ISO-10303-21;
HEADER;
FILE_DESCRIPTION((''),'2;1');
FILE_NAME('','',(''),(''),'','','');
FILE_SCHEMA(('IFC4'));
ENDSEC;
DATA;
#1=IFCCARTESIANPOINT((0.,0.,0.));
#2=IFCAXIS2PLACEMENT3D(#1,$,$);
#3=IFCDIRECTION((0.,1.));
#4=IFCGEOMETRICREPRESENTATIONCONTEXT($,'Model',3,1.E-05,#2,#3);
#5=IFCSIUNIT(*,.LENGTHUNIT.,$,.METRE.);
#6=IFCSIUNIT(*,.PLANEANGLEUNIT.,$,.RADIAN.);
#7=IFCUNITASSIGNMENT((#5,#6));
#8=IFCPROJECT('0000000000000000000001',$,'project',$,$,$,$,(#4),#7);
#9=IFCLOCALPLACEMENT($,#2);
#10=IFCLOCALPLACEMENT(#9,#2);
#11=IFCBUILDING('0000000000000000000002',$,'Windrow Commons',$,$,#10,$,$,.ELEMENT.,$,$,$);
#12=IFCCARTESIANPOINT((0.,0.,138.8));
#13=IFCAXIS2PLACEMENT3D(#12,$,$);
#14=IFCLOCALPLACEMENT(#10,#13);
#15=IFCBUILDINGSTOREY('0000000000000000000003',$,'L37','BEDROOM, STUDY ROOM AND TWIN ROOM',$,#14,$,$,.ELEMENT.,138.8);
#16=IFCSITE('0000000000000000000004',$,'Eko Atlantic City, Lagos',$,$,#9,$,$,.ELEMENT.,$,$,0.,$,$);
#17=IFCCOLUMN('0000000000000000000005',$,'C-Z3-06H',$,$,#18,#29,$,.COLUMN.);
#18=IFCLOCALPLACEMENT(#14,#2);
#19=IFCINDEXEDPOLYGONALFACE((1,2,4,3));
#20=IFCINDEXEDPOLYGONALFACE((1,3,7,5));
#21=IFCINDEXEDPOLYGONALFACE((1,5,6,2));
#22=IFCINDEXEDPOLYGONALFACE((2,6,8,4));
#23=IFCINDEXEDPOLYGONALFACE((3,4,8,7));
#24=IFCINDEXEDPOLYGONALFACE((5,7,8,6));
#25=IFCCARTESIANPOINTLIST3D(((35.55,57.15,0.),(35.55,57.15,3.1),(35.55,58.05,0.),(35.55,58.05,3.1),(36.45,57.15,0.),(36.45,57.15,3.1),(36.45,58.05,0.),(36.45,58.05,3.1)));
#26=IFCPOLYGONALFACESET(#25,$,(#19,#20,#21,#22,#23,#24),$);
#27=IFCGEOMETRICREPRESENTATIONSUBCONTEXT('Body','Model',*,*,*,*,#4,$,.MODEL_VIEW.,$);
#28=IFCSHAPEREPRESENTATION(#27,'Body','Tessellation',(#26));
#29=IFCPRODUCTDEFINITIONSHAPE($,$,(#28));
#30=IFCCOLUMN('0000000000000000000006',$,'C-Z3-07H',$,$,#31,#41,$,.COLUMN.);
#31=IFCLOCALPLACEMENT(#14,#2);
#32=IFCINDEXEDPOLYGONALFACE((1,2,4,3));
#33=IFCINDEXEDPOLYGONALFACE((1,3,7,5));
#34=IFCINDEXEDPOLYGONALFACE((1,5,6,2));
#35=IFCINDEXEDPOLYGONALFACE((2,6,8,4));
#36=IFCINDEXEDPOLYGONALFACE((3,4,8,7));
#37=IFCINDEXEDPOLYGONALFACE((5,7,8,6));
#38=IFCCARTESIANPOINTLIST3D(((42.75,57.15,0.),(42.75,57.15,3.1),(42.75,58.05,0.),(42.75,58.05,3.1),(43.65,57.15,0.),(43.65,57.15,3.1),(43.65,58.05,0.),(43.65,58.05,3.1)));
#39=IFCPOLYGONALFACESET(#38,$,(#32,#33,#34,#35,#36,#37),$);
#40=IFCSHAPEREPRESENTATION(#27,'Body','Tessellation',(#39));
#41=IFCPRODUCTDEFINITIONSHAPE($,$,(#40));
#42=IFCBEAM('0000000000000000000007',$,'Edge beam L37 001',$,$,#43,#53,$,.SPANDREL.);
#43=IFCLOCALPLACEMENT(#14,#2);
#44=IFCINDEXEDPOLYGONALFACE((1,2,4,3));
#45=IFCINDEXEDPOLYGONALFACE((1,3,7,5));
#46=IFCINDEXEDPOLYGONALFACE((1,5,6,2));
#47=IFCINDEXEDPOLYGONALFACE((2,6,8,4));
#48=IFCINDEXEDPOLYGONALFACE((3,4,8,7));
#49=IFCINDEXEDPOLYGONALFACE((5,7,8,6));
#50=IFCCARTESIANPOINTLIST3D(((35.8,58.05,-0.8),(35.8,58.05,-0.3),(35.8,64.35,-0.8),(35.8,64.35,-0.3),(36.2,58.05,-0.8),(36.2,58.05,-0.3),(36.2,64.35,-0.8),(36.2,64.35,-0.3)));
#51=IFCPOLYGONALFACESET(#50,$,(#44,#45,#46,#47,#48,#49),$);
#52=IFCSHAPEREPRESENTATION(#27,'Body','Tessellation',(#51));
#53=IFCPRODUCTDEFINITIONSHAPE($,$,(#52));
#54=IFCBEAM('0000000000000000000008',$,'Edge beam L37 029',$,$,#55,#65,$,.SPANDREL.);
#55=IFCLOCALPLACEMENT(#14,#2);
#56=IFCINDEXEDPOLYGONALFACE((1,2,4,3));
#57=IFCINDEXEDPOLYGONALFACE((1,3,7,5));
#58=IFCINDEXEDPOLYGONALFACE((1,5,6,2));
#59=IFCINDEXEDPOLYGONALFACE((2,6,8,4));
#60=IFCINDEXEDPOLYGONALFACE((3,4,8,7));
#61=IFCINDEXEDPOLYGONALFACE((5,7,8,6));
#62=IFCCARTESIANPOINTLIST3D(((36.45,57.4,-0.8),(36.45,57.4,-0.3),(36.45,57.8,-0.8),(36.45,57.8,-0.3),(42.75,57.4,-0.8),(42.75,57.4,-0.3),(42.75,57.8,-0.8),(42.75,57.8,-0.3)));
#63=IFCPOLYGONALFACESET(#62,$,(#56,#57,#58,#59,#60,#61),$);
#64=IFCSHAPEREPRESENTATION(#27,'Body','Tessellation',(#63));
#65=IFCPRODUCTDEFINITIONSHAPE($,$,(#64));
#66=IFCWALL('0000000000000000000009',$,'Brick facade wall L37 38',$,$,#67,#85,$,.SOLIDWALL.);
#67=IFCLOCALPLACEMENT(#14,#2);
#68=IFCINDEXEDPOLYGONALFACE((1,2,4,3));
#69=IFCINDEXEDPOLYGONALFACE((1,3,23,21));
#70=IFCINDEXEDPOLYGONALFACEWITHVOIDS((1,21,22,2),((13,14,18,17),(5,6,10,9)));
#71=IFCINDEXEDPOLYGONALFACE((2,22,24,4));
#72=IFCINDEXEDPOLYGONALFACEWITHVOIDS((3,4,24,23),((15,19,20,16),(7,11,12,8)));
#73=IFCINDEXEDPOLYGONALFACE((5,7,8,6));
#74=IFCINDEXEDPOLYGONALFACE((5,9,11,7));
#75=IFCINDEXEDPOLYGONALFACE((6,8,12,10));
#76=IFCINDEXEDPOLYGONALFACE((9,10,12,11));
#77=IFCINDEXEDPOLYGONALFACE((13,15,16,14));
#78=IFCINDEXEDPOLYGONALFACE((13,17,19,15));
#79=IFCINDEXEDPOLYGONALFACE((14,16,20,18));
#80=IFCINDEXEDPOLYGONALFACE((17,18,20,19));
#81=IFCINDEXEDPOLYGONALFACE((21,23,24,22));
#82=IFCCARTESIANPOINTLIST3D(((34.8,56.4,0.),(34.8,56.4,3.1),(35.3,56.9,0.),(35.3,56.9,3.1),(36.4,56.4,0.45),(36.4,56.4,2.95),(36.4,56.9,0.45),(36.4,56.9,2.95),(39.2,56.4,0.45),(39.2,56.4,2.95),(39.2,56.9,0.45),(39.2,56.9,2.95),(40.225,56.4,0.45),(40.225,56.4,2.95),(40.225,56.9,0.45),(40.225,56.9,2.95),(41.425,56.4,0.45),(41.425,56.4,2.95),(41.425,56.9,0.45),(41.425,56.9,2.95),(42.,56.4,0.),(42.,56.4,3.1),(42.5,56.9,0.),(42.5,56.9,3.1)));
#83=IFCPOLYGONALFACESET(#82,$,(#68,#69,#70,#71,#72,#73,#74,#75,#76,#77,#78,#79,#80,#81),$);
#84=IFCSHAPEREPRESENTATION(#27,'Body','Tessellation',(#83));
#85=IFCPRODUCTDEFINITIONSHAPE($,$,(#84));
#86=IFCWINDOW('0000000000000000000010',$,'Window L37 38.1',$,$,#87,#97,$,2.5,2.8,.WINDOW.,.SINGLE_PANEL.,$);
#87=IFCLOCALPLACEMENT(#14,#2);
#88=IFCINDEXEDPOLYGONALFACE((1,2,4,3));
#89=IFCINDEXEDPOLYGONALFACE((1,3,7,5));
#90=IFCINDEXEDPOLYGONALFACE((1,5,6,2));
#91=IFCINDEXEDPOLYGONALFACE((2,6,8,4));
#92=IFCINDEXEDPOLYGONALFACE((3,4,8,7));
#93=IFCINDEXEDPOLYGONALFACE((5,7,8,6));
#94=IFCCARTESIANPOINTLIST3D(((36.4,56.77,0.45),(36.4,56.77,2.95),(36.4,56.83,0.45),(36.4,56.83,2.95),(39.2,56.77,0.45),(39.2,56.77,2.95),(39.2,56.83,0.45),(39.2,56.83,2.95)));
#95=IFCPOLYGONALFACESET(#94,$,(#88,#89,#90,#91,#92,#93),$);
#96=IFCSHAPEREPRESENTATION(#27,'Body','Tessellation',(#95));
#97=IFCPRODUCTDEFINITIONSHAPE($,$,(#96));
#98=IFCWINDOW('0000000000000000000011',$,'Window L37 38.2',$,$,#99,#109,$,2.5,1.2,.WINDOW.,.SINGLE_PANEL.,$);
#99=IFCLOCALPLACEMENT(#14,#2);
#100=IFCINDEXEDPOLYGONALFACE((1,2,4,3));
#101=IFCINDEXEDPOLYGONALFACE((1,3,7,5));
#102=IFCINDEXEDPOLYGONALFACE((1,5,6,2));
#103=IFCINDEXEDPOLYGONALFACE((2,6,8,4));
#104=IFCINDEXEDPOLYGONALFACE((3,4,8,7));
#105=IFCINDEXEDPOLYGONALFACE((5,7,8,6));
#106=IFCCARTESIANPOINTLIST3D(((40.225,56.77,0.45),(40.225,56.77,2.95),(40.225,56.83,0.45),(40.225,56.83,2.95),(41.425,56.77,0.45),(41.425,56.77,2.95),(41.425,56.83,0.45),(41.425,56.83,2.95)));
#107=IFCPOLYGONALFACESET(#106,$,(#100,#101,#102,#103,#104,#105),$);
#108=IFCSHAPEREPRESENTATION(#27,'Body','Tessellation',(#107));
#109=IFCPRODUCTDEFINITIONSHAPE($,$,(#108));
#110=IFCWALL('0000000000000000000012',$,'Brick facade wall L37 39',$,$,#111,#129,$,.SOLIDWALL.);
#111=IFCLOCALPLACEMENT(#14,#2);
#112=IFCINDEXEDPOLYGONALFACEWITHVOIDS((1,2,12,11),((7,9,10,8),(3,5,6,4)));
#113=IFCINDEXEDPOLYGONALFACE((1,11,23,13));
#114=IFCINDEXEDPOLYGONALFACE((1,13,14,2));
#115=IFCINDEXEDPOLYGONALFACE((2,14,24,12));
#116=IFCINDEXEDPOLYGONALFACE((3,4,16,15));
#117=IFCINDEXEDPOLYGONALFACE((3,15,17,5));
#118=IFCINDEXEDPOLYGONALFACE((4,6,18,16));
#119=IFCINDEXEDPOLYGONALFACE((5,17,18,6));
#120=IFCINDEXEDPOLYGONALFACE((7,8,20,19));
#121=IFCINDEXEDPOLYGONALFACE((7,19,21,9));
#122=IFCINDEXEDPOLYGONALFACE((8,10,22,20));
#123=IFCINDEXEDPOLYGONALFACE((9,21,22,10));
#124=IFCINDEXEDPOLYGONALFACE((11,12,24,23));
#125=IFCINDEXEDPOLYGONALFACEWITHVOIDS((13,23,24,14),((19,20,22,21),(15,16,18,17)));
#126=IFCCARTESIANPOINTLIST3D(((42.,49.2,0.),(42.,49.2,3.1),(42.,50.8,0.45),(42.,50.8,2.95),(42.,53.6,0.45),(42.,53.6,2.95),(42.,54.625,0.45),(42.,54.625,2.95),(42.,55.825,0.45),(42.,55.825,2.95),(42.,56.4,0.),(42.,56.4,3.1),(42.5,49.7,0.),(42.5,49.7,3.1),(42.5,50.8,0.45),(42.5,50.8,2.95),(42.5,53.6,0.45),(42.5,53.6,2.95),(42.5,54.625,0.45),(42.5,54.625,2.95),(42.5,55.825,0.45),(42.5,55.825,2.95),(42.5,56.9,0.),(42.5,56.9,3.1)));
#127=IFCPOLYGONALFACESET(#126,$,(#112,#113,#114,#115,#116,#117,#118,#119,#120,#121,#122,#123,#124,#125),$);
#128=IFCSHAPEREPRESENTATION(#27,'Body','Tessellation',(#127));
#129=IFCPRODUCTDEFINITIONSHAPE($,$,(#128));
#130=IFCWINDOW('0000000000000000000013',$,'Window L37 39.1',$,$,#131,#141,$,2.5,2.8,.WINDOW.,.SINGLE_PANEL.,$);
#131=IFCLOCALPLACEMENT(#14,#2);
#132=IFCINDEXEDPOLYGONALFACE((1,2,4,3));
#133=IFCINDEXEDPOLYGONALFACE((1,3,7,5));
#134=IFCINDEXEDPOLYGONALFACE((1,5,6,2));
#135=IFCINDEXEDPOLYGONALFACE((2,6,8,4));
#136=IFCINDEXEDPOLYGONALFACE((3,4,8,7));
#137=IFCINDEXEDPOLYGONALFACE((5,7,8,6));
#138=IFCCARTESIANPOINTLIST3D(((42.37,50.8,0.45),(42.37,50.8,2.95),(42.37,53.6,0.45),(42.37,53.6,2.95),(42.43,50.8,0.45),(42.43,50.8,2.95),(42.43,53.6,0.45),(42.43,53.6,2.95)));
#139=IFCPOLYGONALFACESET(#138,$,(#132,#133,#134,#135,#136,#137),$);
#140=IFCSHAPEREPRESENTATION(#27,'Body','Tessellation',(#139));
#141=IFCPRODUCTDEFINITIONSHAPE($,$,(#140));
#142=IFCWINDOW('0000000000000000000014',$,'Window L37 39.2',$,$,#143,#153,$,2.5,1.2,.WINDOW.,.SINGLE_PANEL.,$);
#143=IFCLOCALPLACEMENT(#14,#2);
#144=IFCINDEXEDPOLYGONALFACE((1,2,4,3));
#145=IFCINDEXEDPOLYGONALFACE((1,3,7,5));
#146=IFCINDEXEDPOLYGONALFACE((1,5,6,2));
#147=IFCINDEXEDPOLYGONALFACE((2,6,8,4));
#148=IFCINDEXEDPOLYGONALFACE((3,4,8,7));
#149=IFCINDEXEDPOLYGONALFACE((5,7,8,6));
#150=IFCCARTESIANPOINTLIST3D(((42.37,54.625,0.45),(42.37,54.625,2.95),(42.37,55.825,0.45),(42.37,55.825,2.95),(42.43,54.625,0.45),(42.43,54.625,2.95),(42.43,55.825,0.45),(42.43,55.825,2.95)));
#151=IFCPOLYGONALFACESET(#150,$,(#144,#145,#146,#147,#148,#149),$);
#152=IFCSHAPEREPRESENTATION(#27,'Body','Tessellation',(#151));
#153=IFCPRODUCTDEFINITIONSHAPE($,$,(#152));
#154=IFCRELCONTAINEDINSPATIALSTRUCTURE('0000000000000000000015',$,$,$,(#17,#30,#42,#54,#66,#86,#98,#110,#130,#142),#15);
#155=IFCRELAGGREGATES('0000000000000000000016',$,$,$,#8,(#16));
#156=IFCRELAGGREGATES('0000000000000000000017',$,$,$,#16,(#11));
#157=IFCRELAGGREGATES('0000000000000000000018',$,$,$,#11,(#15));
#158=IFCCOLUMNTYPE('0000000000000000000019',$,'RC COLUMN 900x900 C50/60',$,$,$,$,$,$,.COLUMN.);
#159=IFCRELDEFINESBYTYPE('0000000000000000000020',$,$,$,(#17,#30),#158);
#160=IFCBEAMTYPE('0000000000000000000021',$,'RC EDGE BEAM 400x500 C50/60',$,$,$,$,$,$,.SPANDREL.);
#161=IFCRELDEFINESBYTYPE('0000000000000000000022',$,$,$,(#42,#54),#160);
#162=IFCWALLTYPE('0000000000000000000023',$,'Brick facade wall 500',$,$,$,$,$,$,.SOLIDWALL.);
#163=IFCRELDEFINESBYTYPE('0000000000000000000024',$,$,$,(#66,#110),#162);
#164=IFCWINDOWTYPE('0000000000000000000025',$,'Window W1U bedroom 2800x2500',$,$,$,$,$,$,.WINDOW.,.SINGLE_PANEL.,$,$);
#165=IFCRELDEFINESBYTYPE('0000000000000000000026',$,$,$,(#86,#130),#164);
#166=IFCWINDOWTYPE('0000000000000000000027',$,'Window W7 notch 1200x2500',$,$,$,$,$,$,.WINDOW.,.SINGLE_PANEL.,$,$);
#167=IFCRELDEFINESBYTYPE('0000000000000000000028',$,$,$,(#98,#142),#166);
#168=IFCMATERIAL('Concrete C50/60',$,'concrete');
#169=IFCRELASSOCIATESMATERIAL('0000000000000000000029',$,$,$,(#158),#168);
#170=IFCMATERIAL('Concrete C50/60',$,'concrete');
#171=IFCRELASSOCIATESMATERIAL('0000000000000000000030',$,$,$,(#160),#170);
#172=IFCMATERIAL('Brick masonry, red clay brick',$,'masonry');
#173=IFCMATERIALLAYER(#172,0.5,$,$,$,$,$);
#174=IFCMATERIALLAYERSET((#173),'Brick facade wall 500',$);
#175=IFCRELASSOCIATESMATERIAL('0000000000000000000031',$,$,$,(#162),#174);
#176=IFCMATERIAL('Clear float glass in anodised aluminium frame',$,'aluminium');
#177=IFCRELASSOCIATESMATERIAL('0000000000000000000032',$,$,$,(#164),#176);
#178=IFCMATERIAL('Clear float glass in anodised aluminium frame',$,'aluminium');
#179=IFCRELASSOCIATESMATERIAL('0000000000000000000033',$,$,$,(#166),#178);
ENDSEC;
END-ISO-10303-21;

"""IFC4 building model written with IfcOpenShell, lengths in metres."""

from ifc_helpers import new_model, si_unit, direction, frame, frame_2d, origin, origin_2d, place, context, subcontext, project, spatial, polyline, rectangle, outline, extrude, material, layer, layer_set, material_profile, profile_set, type_object, element, fill, save


model = new_model("IFC4")

# Units and contexts
model_context = context("Model", 3, precision=1e-05, world=origin(), true_north=direction((0.0, 1.0)))
body_context = subcontext(model_context, "Body", "Model", "MODEL_VIEW")
ifc_project = project(units=[si_unit("LENGTHUNIT", "METRE"), si_unit("PLANEANGLEUNIT", "RADIAN")], contexts=[model_context])

# Site, building, storey
site_placement = place(None, origin())
site = spatial("IfcSite", under=ifc_project, at=site_placement, Name="Eko Atlantic City, Lagos", CompositionType="ELEMENT", RefElevation=0.0)
building_placement = place(site_placement, origin())
building = spatial("IfcBuilding", under=site, at=building_placement, Name="Windrow Commons", CompositionType="ELEMENT")
storey_placement = place(building_placement, frame((0.0, 0.0, 138.8)))
storey = spatial("IfcBuildingStorey", under=building, at=storey_placement, Name="L37", Description="BEDROOM, STUDY ROOM AND TWIN ROOM", CompositionType="ELEMENT", Elevation=138.8)

# Columns
ifc_material_1 = material(Name="Concrete C50/60", Category="concrete")
ifc_material_profile_1 = material_profile(ifc_material_1, rectangle(XDim=0.9, YDim=0.9, at=origin_2d()))
ifc_profile_set_1 = profile_set([ifc_material_profile_1], Name="Concrete C50/60")
column_type = type_object("IfcColumnType", Name="RC COLUMN 900x900 C50/60", PredefinedType="COLUMN", material=ifc_profile_set_1)
for number, where, z_axis, x_axis, name in (
    (1, (36.0, 57.6, 0.0), (0.0, 0.0, 1.0), (1.0, 0.0, 0.0), "C-Z3-06H"),
    (2, (43.2, 57.6, 0.0), (0.0, 0.0, 1.0), (1.0, 0.0, 0.0), "C-Z3-07H"),
):
    element("IfcColumn", number, at=place(storey_placement, frame(where, z_axis=z_axis, x_axis=x_axis)), inside=storey, type_object=column_type, Name=name, PredefinedType="COLUMN", context=body_context, shape_type="SweptSolid", body=[
        extrude(rectangle(XDim=0.9, YDim=0.9, at=origin_2d()), origin(), (0.0, 0.0, 1.0), 3.1),
    ])

# Beams
ifc_material_2 = material(Name="Concrete C50/60", Category="concrete")
ifc_material_profile_2 = material_profile(ifc_material_2, rectangle(XDim=0.4, YDim=0.5, at=origin_2d()))
ifc_profile_set_2 = profile_set([ifc_material_profile_2], Name="Concrete C50/60")
beam_type = type_object("IfcBeamType", Name="RC EDGE BEAM 400x500 C50/60", PredefinedType="SPANDREL", material=ifc_profile_set_2)
for number, where, z_axis, x_axis, name in (
    (3, (36.0, 58.05, -0.55), (0.0, 1.0, 0.0), (-1.0, 0.0, 0.0), "Edge beam L37 001"),
    (4, (42.75, 57.6, -0.55), (-1.0, 0.0, 0.0), (0.0, -1.0, 0.0), "Edge beam L37 029"),
):
    element("IfcBeam", number, at=place(storey_placement, frame(where, z_axis=z_axis, x_axis=x_axis)), inside=storey, type_object=beam_type, Name=name, PredefinedType="SPANDREL", context=body_context, shape_type="SweptSolid", body=[
        extrude(rectangle(XDim=0.4, YDim=0.5, at=origin_2d()), origin(), (0.0, 0.0, 1.0), 6.3),
    ])

# Walls, openings, windows
ifc_material_3 = material(Name="Brick masonry, red clay brick", Category="masonry")
ifc_layer_1 = layer(ifc_material_3, 0.5)
ifc_layer_set_1 = layer_set([ifc_layer_1], Name="Brick facade wall 500")
wall_type_1 = type_object("IfcWallType", Name="Brick facade wall 500", PredefinedType="SOLIDWALL", material=ifc_layer_set_1)
wall_1_placement = place(storey_placement, frame((35.05, 56.65, 0.0), z_axis=(0.0, 0.0, 1.0), x_axis=(1.0, 0.0, 0.0)))
wall_1 = element("IfcWall", 5, at=wall_1_placement, inside=storey, type_object=wall_type_1, Name="Brick facade wall L37 38", PredefinedType="SOLIDWALL", context=body_context, shape_type="SweptSolid", body=[
    extrude(outline(polyline([(-0.25, -0.25), (6.95, -0.25), (7.45, 0.25), (0.25, 0.25), (-0.25, -0.25)])), origin(), (0.0, 0.0, 1.0), 3.1),
])
opening_1_placement = place(wall_1_placement, frame((1.35, 0.0, 0.45)))
opening_1 = element("IfcOpeningElement", 6, at=opening_1_placement, cuts=wall_1, PredefinedType="OPENING", context=body_context, shape_type="SweptSolid", body=[
    extrude(rectangle(XDim=2.8, YDim=2.5, at=frame_2d((1.4, 1.25))), frame((0.0, 0.26, 0.0), z_axis=(0.0, -1.0, 0.0), x_axis=(1.0, 0.0, 0.0)), (0.0, 0.0, 1.0), 0.52),
])
opening_2_placement = place(wall_1_placement, frame((5.175, 0.0, 0.45)))
opening_2 = element("IfcOpeningElement", 7, at=opening_2_placement, cuts=wall_1, PredefinedType="OPENING", context=body_context, shape_type="SweptSolid", body=[
    extrude(rectangle(XDim=1.2, YDim=2.5, at=frame_2d((0.6, 1.25))), frame((0.0, 0.26, 0.0), z_axis=(0.0, -1.0, 0.0), x_axis=(1.0, 0.0, 0.0)), (0.0, 0.0, 1.0), 0.52),
])
ifc_material_4 = material(Name="Clear float glass in anodised aluminium frame", Category="aluminium")
window_type_1 = type_object("IfcWindowType", Name="Window W1U bedroom 2800x2500", PartitioningType="SINGLE_PANEL", PredefinedType="WINDOW", material=ifc_material_4)
window_1_placement = place(opening_1_placement, origin())
window_1 = element("IfcWindow", 8, at=window_1_placement, inside=storey, type_object=window_type_1, Name="Window L37 38.1", OverallHeight=2.5, OverallWidth=2.8, PartitioningType="SINGLE_PANEL", PredefinedType="WINDOW", context=body_context, shape_type="SweptSolid", body=[
    extrude(rectangle(XDim=2.8, YDim=2.5, at=frame_2d((1.4, 1.25))), frame((0.0, 0.18, 0.0), z_axis=(0.0, -1.0, 0.0), x_axis=(1.0, 0.0, 0.0)), (0.0, 0.0, 1.0), 0.06),
])
fill(opening_1, window_1)
ifc_material_5 = material(Name="Clear float glass in anodised aluminium frame", Category="aluminium")
window_type_2 = type_object("IfcWindowType", Name="Window W7 notch 1200x2500", PartitioningType="SINGLE_PANEL", PredefinedType="WINDOW", material=ifc_material_5)
window_2_placement = place(opening_2_placement, origin())
window_2 = element("IfcWindow", 9, at=window_2_placement, inside=storey, type_object=window_type_2, Name="Window L37 38.2", OverallHeight=2.5, OverallWidth=1.2, PartitioningType="SINGLE_PANEL", PredefinedType="WINDOW", context=body_context, shape_type="SweptSolid", body=[
    extrude(rectangle(XDim=1.2, YDim=2.5, at=frame_2d((0.6, 1.25))), frame((0.0, 0.18, 0.0), z_axis=(0.0, -1.0, 0.0), x_axis=(1.0, 0.0, 0.0)), (0.0, 0.0, 1.0), 0.06),
])
fill(opening_2, window_2)
wall_2_placement = place(storey_placement, frame((42.25, 56.65, 0.0), z_axis=(0.0, 0.0, 1.0), x_axis=(0.0, -1.0, 0.0)))
wall_2 = element("IfcWall", 10, at=wall_2_placement, inside=storey, type_object=wall_type_1, Name="Brick facade wall L37 39", PredefinedType="SOLIDWALL", context=body_context, shape_type="SweptSolid", body=[
    extrude(outline(polyline([(0.25, -0.25), (7.45, -0.25), (6.95, 0.25), (-0.25, 0.25), (0.25, -0.25)])), origin(), (0.0, 0.0, 1.0), 3.1),
])
opening_3_placement = place(wall_2_placement, frame((3.05, 0.0, 0.45)))
opening_3 = element("IfcOpeningElement", 11, at=opening_3_placement, cuts=wall_2, PredefinedType="OPENING", context=body_context, shape_type="SweptSolid", body=[
    extrude(rectangle(XDim=2.8, YDim=2.5, at=frame_2d((1.4, 1.25))), frame((0.0, 0.26, 0.0), z_axis=(0.0, -1.0, 0.0), x_axis=(1.0, 0.0, 0.0)), (0.0, 0.0, 1.0), 0.52),
])
opening_4_placement = place(wall_2_placement, frame((0.825, 0.0, 0.45)))
opening_4 = element("IfcOpeningElement", 12, at=opening_4_placement, cuts=wall_2, PredefinedType="OPENING", context=body_context, shape_type="SweptSolid", body=[
    extrude(rectangle(XDim=1.2, YDim=2.5, at=frame_2d((0.6, 1.25))), frame((0.0, 0.26, 0.0), z_axis=(0.0, -1.0, 0.0), x_axis=(1.0, 0.0, 0.0)), (0.0, 0.0, 1.0), 0.52),
])
window_3_placement = place(opening_3_placement, origin())
window_3 = element("IfcWindow", 13, at=window_3_placement, inside=storey, type_object=window_type_1, Name="Window L37 39.1", OverallHeight=2.5, OverallWidth=2.8, PartitioningType="SINGLE_PANEL", PredefinedType="WINDOW", context=body_context, shape_type="SweptSolid", body=[
    extrude(rectangle(XDim=2.8, YDim=2.5, at=frame_2d((1.4, 1.25))), frame((0.0, 0.18, 0.0), z_axis=(0.0, -1.0, 0.0), x_axis=(1.0, 0.0, 0.0)), (0.0, 0.0, 1.0), 0.06),
])
fill(opening_3, window_3)
window_4_placement = place(opening_4_placement, origin())
window_4 = element("IfcWindow", 14, at=window_4_placement, inside=storey, type_object=window_type_2, Name="Window L37 39.2", OverallHeight=2.5, OverallWidth=1.2, PartitioningType="SINGLE_PANEL", PredefinedType="WINDOW", context=body_context, shape_type="SweptSolid", body=[
    extrude(rectangle(XDim=1.2, YDim=2.5, at=frame_2d((0.6, 1.25))), frame((0.0, 0.18, 0.0), z_axis=(0.0, -1.0, 0.0), x_axis=(1.0, 0.0, 0.0)), (0.0, 0.0, 1.0), 0.06),
])
fill(opening_4, window_4)

save(model, "model.ifc")
